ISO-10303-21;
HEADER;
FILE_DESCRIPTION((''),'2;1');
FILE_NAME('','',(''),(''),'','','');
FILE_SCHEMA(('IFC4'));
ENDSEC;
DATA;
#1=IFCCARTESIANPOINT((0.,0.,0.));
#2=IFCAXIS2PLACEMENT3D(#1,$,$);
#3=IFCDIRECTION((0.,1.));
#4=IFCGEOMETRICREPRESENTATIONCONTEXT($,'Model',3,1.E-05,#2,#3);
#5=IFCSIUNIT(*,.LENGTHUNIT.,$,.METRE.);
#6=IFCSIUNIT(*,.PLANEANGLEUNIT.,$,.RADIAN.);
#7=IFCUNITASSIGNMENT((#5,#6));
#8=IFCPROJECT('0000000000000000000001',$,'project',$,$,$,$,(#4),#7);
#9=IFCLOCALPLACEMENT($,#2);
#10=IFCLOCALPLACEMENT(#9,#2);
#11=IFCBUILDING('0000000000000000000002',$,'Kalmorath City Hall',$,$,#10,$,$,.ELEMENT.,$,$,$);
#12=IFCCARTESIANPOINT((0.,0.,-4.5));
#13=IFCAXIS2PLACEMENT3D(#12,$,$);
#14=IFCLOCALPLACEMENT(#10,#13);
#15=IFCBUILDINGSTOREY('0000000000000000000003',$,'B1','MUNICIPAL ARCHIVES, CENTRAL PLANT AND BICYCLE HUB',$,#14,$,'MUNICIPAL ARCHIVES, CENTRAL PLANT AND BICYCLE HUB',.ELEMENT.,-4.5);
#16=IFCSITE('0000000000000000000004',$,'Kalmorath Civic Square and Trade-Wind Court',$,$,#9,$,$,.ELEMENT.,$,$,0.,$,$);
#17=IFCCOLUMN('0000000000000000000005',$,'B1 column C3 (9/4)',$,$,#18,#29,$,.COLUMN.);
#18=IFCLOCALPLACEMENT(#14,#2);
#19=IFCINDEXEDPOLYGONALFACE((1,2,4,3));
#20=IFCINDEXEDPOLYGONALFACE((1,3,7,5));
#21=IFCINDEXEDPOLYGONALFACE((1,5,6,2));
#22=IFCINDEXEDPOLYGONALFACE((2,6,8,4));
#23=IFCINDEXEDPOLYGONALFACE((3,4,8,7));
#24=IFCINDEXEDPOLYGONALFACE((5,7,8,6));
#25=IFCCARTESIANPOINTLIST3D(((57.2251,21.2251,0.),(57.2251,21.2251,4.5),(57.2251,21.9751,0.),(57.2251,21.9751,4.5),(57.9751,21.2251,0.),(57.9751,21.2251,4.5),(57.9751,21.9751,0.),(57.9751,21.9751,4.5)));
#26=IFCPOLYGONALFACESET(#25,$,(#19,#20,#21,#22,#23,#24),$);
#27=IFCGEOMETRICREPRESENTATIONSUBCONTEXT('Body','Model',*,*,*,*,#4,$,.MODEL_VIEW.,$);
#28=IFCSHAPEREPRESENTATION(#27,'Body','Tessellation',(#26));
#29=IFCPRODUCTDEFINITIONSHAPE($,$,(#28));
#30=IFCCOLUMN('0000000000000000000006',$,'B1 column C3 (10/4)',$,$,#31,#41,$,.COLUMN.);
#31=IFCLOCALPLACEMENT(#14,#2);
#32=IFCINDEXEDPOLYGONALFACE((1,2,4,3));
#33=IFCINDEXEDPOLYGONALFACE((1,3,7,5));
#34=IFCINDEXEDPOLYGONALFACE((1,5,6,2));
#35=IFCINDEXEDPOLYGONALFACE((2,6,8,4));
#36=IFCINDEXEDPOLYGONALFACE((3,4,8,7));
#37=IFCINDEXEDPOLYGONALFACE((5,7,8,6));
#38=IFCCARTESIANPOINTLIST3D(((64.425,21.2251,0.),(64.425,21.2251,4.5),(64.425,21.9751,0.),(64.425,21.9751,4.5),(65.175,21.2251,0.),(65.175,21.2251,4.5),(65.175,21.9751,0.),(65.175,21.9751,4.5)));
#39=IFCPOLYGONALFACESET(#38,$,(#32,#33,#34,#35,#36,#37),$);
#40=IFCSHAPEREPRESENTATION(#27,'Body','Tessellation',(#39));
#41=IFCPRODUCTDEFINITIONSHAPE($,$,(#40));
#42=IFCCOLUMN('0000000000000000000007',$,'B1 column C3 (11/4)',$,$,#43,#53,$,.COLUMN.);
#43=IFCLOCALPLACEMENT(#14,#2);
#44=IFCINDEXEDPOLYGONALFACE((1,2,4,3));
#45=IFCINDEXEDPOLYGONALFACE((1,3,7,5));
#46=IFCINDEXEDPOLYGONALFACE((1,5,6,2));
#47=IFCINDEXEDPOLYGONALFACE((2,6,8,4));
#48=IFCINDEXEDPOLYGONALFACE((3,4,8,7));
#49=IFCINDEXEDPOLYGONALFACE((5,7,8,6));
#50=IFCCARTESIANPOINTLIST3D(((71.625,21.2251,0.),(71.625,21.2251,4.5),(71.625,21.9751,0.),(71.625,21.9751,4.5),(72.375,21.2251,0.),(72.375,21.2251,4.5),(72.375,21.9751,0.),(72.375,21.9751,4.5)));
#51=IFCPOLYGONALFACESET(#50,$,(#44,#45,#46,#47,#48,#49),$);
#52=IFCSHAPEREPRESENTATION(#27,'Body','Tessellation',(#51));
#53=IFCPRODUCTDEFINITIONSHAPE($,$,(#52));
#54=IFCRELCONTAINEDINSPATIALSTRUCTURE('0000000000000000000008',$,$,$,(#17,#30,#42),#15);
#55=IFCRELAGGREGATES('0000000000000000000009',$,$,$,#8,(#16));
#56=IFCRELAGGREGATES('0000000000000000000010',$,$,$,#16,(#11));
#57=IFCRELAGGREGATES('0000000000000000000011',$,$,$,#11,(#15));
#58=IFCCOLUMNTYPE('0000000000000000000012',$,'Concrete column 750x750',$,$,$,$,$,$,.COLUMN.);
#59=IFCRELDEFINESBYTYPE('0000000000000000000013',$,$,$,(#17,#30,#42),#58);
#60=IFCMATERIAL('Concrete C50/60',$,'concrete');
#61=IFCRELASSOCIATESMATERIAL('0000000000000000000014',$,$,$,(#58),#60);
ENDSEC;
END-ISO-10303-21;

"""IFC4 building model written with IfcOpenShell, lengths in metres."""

from ifc_helpers import new_model, si_unit, direction, frame, origin, origin_2d, place, context, subcontext, project, spatial, rectangle, extrude, material, material_profile, profile_set, type_object, element, save


model = new_model("IFC4")

# Units and contexts
model_context = context("Model", 3, precision=1e-05, world=origin(), true_north=direction((0.0, 1.0)))
body_context = subcontext(model_context, "Body", "Model", "MODEL_VIEW")
ifc_project = project(units=[si_unit("LENGTHUNIT", "METRE"), si_unit("PLANEANGLEUNIT", "RADIAN")], contexts=[model_context])

# Site, building, storey
site_placement = place(None, origin())
site = spatial("IfcSite", under=ifc_project, at=site_placement, Name="Kalmorath Civic Square and Trade-Wind Court", CompositionType="ELEMENT", RefElevation=0.0)
building_placement = place(site_placement, origin())
building = spatial("IfcBuilding", under=site, at=building_placement, Name="Kalmorath City Hall", CompositionType="ELEMENT")
storey_placement = place(building_placement, frame((0.0, 0.0, -4.5)))
storey = spatial("IfcBuildingStorey", under=building, at=storey_placement, Name="B1", Description="MUNICIPAL ARCHIVES, CENTRAL PLANT AND BICYCLE HUB", LongName="MUNICIPAL ARCHIVES, CENTRAL PLANT AND BICYCLE HUB", CompositionType="ELEMENT", Elevation=-4.5)

# Columns
ifc_material_1 = material(Name="Concrete C50/60", Category="concrete")
ifc_material_profile_1 = material_profile(ifc_material_1, rectangle(XDim=0.75, YDim=0.75, at=origin_2d()), Name="RC-COL-750X750")
ifc_profile_set_1 = profile_set([ifc_material_profile_1], Name="Concrete C50/60")
column_type_1 = type_object("IfcColumnType", Name="Concrete column 750x750", PredefinedType="COLUMN", material=ifc_profile_set_1)
for number, where, z_axis, x_axis, name in (
    (1, (57.6001, 21.6001, 0.0), (0.0, 0.0, 1.0), (1.0, 0.0, 0.0), "B1 column C3 (9/4)"),
    (2, (64.8, 21.6001, 0.0), (0.0, 0.0, 1.0), (1.0, 0.0, 0.0), "B1 column C3 (10/4)"),
    (3, (72.0, 21.6001, 0.0), (0.0, 0.0, 1.0), (1.0, 0.0, 0.0), "B1 column C3 (11/4)"),
):
    element("IfcColumn", number, at=place(storey_placement, frame(where, z_axis=z_axis, x_axis=x_axis)), inside=storey, type_object=column_type_1, Name=name, PredefinedType="COLUMN", context=body_context, shape_type="SweptSolid", body=[
        extrude(rectangle(XDim=0.75, YDim=0.75, at=origin_2d()), origin(), (0.0, 0.0, 1.0), 4.5),
    ])

save(model, "model.ifc")
